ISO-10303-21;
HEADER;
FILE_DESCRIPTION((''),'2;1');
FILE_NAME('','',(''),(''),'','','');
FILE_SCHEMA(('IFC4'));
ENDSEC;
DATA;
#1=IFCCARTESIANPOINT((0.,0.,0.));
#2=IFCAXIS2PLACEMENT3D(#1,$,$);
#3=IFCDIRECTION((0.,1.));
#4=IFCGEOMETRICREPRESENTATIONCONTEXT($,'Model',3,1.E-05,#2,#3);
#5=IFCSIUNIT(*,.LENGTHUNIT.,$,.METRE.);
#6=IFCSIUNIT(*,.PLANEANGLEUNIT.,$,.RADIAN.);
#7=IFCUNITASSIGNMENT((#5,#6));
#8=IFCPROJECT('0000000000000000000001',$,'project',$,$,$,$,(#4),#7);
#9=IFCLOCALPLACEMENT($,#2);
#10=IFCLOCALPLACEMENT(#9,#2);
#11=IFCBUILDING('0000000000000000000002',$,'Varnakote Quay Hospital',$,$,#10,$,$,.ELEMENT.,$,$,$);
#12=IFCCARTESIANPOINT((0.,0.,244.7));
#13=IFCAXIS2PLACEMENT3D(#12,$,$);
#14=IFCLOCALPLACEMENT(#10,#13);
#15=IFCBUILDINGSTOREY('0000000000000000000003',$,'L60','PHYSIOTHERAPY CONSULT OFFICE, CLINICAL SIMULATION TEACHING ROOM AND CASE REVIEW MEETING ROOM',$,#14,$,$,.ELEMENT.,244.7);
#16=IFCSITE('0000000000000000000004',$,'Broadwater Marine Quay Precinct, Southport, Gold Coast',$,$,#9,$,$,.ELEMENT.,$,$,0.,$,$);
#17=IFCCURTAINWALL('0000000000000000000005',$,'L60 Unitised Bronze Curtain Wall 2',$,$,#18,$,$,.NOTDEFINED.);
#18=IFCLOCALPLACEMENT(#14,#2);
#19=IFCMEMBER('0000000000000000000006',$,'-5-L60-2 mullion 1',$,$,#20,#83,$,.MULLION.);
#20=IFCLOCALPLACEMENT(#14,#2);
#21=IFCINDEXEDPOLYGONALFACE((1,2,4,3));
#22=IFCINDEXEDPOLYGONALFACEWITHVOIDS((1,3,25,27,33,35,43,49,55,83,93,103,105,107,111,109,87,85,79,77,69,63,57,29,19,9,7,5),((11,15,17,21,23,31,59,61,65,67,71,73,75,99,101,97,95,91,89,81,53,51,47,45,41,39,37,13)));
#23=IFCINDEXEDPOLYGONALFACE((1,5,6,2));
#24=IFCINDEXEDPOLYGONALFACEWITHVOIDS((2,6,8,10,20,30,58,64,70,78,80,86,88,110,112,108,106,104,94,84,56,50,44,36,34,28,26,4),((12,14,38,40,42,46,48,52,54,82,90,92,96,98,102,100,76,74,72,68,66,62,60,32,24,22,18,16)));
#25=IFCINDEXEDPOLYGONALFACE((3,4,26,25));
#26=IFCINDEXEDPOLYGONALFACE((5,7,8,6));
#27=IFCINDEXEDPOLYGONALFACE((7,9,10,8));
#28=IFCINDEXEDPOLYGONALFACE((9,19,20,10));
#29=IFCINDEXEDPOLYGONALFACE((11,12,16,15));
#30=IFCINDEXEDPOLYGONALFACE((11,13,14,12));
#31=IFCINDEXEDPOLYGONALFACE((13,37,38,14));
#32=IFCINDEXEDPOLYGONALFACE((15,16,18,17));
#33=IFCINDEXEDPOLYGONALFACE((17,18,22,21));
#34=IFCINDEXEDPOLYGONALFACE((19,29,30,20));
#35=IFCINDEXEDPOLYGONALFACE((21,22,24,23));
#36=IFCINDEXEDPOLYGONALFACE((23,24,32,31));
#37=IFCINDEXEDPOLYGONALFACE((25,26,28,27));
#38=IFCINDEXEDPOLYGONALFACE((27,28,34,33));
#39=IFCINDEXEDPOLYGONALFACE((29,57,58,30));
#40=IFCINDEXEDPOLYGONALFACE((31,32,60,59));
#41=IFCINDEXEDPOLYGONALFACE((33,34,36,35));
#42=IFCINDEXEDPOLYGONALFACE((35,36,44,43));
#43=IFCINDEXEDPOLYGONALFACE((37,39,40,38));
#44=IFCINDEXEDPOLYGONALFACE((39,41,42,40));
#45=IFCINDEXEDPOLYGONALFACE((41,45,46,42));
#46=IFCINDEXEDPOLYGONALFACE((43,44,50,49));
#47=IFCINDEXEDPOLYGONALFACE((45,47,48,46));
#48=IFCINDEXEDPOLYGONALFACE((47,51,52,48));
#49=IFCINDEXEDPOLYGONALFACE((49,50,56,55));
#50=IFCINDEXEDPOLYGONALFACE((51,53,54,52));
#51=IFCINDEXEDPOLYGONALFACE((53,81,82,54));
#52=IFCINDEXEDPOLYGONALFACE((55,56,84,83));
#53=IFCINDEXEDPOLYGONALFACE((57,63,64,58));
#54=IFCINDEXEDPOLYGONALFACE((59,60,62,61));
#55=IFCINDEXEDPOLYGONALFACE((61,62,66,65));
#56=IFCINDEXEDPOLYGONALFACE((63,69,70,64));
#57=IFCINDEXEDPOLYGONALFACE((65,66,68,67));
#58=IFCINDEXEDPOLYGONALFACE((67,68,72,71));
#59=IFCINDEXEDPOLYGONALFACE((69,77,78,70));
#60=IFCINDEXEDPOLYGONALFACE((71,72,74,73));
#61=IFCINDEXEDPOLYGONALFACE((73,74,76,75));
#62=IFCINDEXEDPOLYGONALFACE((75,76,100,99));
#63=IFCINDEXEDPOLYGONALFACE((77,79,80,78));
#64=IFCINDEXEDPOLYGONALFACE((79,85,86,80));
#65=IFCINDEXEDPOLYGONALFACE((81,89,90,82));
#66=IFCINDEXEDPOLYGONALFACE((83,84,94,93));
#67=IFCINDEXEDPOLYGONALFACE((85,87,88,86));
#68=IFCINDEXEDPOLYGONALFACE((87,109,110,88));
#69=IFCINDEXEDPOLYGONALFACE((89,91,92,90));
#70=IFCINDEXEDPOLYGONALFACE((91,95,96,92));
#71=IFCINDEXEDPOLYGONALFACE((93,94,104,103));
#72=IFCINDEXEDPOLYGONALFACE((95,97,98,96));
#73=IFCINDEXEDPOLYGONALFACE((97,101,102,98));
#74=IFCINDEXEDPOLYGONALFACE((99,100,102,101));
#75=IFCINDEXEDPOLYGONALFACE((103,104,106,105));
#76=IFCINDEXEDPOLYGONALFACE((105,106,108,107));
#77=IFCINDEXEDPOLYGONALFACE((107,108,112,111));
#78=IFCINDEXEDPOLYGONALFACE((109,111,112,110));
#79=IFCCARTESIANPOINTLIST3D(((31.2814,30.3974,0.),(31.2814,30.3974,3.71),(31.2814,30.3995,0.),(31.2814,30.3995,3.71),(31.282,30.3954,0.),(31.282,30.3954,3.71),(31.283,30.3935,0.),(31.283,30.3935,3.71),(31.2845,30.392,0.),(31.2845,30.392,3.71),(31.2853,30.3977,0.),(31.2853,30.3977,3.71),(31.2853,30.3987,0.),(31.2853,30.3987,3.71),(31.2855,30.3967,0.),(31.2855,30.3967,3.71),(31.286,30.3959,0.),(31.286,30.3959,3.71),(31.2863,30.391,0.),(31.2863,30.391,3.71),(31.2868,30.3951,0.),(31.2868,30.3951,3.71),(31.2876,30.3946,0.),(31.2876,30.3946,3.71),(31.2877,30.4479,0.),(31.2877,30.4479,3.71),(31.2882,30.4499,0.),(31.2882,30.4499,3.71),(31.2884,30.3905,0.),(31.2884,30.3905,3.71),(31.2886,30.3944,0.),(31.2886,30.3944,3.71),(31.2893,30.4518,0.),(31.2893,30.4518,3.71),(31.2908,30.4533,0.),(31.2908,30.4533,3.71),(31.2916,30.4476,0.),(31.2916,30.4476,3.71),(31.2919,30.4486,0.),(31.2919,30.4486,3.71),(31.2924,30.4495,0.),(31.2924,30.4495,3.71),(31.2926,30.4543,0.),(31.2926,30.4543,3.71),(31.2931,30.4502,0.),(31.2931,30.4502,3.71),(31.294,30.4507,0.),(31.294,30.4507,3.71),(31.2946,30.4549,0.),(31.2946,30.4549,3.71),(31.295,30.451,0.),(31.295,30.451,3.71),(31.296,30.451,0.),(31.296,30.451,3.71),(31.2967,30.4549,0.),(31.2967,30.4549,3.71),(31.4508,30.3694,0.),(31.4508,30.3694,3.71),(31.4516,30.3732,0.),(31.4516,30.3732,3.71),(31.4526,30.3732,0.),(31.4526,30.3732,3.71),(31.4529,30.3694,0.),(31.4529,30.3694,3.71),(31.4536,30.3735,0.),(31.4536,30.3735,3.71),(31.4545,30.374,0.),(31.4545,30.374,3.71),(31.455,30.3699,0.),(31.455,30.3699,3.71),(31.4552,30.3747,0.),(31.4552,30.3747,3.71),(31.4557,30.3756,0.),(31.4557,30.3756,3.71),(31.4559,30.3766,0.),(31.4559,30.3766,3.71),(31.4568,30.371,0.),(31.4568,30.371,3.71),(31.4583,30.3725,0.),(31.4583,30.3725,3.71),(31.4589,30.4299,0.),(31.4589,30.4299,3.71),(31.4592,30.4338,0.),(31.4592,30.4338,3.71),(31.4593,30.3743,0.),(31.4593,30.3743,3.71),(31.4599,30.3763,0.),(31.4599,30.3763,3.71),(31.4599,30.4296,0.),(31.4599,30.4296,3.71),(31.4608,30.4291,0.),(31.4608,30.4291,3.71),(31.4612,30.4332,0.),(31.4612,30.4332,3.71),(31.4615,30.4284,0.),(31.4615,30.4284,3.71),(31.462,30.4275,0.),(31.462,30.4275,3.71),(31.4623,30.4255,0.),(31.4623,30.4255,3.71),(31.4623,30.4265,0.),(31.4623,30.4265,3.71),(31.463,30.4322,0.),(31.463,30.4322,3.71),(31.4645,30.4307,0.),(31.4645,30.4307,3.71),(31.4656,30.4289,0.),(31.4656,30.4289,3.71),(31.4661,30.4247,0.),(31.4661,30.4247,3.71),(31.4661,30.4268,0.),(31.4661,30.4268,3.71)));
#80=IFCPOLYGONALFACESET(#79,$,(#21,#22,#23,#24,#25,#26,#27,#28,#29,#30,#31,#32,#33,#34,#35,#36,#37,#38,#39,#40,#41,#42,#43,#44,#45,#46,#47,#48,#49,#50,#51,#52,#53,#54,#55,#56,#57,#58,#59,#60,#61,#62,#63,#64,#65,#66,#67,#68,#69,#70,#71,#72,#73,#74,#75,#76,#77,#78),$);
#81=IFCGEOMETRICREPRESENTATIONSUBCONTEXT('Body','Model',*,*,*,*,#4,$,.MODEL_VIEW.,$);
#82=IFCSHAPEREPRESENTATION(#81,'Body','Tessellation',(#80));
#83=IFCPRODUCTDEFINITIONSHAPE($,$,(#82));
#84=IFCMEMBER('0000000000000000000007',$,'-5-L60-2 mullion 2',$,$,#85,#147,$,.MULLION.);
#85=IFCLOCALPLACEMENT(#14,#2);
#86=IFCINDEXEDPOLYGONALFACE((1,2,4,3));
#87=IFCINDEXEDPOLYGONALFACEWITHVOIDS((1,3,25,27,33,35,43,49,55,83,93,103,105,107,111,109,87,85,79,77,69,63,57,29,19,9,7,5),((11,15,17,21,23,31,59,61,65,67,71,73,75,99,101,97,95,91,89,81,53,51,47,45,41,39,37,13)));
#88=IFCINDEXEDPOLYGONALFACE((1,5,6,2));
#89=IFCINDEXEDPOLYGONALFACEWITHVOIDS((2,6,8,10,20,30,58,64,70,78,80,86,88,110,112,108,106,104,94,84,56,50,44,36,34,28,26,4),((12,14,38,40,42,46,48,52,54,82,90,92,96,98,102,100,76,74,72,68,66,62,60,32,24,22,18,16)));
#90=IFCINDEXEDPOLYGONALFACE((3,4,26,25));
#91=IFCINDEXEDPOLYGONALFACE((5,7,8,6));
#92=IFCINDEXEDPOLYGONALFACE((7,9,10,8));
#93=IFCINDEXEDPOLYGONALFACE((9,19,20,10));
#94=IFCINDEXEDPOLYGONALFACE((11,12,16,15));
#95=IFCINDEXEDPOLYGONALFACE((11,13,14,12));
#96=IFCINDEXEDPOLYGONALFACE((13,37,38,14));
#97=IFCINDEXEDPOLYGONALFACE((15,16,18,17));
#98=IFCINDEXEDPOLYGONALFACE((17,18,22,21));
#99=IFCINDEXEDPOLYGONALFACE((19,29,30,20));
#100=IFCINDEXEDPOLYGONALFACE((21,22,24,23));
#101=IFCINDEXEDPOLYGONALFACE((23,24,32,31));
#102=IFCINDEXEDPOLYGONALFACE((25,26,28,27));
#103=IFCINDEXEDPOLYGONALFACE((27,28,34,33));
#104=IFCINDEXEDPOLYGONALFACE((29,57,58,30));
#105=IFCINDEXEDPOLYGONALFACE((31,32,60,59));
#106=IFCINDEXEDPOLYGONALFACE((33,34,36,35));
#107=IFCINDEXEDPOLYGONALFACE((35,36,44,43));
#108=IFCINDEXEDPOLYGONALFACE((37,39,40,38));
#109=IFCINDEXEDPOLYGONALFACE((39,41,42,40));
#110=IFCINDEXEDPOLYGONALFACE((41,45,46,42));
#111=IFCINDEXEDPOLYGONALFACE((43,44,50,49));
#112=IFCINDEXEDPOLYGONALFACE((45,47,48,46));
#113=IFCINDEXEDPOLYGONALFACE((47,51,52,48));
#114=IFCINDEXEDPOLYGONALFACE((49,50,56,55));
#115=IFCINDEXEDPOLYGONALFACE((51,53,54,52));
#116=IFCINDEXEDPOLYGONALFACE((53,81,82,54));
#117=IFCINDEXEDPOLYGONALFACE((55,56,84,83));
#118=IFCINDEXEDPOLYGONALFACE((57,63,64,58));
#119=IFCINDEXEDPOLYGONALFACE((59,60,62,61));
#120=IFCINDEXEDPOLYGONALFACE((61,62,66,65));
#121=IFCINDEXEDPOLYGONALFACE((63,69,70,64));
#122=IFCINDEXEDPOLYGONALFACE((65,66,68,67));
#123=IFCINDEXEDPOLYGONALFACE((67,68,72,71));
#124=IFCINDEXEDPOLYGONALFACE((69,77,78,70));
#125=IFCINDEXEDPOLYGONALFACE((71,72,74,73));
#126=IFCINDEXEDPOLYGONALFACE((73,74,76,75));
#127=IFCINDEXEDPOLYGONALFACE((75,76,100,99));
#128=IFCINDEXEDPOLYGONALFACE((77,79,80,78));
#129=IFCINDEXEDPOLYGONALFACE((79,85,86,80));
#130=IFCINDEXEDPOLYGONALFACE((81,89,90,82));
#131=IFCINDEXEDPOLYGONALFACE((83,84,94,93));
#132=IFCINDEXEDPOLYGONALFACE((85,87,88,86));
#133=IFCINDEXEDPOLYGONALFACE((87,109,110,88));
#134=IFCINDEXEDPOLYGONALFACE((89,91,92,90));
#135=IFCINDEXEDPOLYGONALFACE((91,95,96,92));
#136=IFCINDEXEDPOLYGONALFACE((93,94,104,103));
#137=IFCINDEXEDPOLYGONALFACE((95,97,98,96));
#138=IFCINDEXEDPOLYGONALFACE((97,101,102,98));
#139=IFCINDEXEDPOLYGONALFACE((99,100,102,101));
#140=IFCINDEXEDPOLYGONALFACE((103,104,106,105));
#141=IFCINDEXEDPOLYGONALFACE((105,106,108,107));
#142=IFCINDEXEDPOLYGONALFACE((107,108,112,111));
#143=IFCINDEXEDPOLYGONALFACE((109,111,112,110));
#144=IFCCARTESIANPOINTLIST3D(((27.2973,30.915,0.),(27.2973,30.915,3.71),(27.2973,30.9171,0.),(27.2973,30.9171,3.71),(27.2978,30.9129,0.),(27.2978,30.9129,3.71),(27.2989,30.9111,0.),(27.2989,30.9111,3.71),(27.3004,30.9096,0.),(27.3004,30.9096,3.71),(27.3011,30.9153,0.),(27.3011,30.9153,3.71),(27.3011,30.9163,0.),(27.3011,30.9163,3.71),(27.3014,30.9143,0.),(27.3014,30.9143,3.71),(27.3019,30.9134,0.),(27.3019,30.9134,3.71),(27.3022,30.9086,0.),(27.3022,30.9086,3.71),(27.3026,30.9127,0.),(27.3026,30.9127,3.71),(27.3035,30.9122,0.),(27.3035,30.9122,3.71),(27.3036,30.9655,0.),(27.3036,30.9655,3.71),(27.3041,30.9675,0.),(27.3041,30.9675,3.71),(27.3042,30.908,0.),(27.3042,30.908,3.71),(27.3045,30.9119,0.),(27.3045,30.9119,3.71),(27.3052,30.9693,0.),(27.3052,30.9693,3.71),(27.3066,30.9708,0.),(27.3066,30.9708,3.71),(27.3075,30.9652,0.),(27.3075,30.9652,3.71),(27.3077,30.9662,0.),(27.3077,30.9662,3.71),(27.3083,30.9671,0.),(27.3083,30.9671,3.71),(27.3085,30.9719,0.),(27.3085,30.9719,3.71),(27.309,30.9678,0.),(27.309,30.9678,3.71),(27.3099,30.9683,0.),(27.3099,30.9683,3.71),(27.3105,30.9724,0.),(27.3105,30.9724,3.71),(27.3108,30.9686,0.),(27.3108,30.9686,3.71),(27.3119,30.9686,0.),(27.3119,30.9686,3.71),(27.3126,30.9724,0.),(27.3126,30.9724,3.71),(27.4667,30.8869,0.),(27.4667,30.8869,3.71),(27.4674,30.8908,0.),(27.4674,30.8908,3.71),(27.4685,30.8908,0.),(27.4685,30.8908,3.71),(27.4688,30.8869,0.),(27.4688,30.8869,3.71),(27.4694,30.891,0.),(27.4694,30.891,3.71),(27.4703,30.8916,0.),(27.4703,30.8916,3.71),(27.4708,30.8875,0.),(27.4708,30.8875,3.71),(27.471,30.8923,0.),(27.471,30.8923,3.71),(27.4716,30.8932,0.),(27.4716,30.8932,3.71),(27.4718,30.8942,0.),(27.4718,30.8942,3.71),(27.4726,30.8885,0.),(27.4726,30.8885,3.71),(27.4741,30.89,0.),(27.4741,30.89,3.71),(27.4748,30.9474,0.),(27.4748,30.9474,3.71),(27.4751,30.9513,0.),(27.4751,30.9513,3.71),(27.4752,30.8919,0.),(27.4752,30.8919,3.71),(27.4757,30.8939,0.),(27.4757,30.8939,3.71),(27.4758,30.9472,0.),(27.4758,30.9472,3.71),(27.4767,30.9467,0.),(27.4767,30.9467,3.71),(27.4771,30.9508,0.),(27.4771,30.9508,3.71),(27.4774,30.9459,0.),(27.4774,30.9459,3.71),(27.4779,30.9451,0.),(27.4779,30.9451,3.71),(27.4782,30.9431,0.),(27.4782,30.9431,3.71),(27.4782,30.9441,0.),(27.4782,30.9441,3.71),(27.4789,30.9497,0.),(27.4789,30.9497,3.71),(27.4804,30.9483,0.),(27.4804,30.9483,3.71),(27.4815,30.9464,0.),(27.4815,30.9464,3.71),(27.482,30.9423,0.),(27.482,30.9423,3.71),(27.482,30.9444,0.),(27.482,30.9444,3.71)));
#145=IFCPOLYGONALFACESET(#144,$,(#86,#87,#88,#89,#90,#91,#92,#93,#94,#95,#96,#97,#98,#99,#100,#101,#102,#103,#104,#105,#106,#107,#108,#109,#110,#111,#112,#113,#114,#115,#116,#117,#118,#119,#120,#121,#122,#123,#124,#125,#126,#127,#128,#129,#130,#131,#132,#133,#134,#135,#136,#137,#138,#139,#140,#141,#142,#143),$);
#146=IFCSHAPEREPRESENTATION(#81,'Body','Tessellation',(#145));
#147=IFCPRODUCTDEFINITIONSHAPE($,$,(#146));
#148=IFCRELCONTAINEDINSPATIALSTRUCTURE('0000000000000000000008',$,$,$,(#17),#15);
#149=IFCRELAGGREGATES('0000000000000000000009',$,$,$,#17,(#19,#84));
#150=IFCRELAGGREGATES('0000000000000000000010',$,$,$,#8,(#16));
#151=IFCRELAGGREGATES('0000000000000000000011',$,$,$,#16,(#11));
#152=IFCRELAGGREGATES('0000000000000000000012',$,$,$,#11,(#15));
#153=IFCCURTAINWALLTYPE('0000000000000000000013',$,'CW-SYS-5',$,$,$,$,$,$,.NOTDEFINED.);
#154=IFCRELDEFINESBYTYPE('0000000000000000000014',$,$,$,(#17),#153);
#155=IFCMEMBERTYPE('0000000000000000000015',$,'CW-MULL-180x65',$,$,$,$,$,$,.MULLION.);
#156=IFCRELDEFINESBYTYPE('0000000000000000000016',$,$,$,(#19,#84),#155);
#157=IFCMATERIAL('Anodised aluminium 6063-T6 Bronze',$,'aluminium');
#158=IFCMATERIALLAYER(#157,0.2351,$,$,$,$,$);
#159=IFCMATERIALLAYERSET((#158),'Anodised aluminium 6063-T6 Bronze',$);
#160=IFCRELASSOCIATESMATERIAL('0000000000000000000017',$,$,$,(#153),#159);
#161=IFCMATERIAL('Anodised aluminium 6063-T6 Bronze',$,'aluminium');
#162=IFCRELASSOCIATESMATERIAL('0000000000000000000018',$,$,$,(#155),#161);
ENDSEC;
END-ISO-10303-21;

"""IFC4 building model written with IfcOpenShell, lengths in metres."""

from ifc_helpers import new_model, si_unit, direction, frame, origin, origin_2d, place, context, subcontext, project, spatial, hollow_rectangle, extrude, material, layer, layer_set, material_profile, profile_set, type_object, element, aggregate, save


model = new_model("IFC4")

# Units and contexts
model_context = context("Model", 3, precision=1e-05, world=origin(), true_north=direction((0.0, 1.0)))
body_context = subcontext(model_context, "Body", "Model", "MODEL_VIEW")
ifc_project = project(units=[si_unit("LENGTHUNIT", "METRE"), si_unit("PLANEANGLEUNIT", "RADIAN")], contexts=[model_context])

# Site, building, storey
site_placement = place(None, origin())
site = spatial("IfcSite", under=ifc_project, at=site_placement, Name="Broadwater Marine Quay Precinct, Southport, Gold Coast", CompositionType="ELEMENT", RefElevation=0.0)
building_placement = place(site_placement, origin())
building = spatial("IfcBuilding", under=site, at=building_placement, Name="Varnakote Quay Hospital", CompositionType="ELEMENT")
storey_placement = place(building_placement, frame((0.0, 0.0, 244.7)))
storey = spatial("IfcBuildingStorey", under=building, at=storey_placement, Name="L60", Description="PHYSIOTHERAPY CONSULT OFFICE, CLINICAL SIMULATION TEACHING ROOM AND CASE REVIEW MEETING ROOM", CompositionType="ELEMENT", Elevation=244.7)

# Shared definitions
ifc_material_1 = material(Name="Anodised aluminium 6063-T6 Bronze", Category="aluminium")
ifc_layer_1 = layer(ifc_material_1, 0.2351)
ifc_layer_set_1 = layer_set([ifc_layer_1], Name="Anodised aluminium 6063-T6 Bronze")
curtain_wall_type = type_object("IfcCurtainWallType", Name="CW-SYS-5", PredefinedType="NOTDEFINED", material=ifc_layer_set_1)
ifc_material_2 = material(Name="Anodised aluminium 6063-T6 Bronze", Category="aluminium")
ifc_material_profile_1 = material_profile(ifc_material_2, hollow_rectangle(XDim=0.0649, YDim=0.1799, WallThickness=0.0039, InnerFilletRadius=0.0039, OuterFilletRadius=0.0081, at=origin_2d()), Name="CW-MULL-180x65")
ifc_profile_set_1 = profile_set([ifc_material_profile_1], Name="Anodised aluminium 6063-T6 Bronze")
member_type_1 = type_object("IfcMemberType", Name="CW-MULL-180x65", PredefinedType="MULLION", material=ifc_profile_set_1)

# Curtain wall, members
curtain_wall_1_placement = place(storey_placement, origin())
curtain_wall_1 = element("IfcCurtainWall", 1, at=curtain_wall_1_placement, inside=storey, type_object=curtain_wall_type, Name="L60 Unitised Bronze Curtain Wall 2", PredefinedType="NOTDEFINED")
member_1_placement = place(storey_placement, frame((31.3738, 30.4121, 0.0), z_axis=(0.0, 0.0, 1.0), x_axis=(-0.128787, -0.991672, 0.0)))
member_1 = element("IfcMember", 2, at=member_1_placement, type_object=member_type_1, Name="-5-L60-2 mullion 1", PredefinedType="MULLION", context=body_context, shape_type="SweptSolid", body=[
    extrude(hollow_rectangle(XDim=0.0649, YDim=0.1799, WallThickness=0.0039, InnerFilletRadius=0.0039, OuterFilletRadius=0.0081, at=origin_2d()), origin(), (0.0, 0.0, 1.0), 3.71),
])
member_2_placement = place(storey_placement, frame((27.3896, 30.9297, 0.0), z_axis=(0.0, 0.0, 1.0), x_axis=(-0.128787, -0.991672, 0.0)))
member_2 = element("IfcMember", 3, at=member_2_placement, type_object=member_type_1, Name="-5-L60-2 mullion 2", PredefinedType="MULLION", context=body_context, shape_type="SweptSolid", body=[
    extrude(hollow_rectangle(XDim=0.0649, YDim=0.1799, WallThickness=0.0039, InnerFilletRadius=0.0039, OuterFilletRadius=0.0081, at=origin_2d()), origin(), (0.0, 0.0, 1.0), 3.71),
])

aggregate(curtain_wall_1, [member_1, member_2])

save(model, "model.ifc")
